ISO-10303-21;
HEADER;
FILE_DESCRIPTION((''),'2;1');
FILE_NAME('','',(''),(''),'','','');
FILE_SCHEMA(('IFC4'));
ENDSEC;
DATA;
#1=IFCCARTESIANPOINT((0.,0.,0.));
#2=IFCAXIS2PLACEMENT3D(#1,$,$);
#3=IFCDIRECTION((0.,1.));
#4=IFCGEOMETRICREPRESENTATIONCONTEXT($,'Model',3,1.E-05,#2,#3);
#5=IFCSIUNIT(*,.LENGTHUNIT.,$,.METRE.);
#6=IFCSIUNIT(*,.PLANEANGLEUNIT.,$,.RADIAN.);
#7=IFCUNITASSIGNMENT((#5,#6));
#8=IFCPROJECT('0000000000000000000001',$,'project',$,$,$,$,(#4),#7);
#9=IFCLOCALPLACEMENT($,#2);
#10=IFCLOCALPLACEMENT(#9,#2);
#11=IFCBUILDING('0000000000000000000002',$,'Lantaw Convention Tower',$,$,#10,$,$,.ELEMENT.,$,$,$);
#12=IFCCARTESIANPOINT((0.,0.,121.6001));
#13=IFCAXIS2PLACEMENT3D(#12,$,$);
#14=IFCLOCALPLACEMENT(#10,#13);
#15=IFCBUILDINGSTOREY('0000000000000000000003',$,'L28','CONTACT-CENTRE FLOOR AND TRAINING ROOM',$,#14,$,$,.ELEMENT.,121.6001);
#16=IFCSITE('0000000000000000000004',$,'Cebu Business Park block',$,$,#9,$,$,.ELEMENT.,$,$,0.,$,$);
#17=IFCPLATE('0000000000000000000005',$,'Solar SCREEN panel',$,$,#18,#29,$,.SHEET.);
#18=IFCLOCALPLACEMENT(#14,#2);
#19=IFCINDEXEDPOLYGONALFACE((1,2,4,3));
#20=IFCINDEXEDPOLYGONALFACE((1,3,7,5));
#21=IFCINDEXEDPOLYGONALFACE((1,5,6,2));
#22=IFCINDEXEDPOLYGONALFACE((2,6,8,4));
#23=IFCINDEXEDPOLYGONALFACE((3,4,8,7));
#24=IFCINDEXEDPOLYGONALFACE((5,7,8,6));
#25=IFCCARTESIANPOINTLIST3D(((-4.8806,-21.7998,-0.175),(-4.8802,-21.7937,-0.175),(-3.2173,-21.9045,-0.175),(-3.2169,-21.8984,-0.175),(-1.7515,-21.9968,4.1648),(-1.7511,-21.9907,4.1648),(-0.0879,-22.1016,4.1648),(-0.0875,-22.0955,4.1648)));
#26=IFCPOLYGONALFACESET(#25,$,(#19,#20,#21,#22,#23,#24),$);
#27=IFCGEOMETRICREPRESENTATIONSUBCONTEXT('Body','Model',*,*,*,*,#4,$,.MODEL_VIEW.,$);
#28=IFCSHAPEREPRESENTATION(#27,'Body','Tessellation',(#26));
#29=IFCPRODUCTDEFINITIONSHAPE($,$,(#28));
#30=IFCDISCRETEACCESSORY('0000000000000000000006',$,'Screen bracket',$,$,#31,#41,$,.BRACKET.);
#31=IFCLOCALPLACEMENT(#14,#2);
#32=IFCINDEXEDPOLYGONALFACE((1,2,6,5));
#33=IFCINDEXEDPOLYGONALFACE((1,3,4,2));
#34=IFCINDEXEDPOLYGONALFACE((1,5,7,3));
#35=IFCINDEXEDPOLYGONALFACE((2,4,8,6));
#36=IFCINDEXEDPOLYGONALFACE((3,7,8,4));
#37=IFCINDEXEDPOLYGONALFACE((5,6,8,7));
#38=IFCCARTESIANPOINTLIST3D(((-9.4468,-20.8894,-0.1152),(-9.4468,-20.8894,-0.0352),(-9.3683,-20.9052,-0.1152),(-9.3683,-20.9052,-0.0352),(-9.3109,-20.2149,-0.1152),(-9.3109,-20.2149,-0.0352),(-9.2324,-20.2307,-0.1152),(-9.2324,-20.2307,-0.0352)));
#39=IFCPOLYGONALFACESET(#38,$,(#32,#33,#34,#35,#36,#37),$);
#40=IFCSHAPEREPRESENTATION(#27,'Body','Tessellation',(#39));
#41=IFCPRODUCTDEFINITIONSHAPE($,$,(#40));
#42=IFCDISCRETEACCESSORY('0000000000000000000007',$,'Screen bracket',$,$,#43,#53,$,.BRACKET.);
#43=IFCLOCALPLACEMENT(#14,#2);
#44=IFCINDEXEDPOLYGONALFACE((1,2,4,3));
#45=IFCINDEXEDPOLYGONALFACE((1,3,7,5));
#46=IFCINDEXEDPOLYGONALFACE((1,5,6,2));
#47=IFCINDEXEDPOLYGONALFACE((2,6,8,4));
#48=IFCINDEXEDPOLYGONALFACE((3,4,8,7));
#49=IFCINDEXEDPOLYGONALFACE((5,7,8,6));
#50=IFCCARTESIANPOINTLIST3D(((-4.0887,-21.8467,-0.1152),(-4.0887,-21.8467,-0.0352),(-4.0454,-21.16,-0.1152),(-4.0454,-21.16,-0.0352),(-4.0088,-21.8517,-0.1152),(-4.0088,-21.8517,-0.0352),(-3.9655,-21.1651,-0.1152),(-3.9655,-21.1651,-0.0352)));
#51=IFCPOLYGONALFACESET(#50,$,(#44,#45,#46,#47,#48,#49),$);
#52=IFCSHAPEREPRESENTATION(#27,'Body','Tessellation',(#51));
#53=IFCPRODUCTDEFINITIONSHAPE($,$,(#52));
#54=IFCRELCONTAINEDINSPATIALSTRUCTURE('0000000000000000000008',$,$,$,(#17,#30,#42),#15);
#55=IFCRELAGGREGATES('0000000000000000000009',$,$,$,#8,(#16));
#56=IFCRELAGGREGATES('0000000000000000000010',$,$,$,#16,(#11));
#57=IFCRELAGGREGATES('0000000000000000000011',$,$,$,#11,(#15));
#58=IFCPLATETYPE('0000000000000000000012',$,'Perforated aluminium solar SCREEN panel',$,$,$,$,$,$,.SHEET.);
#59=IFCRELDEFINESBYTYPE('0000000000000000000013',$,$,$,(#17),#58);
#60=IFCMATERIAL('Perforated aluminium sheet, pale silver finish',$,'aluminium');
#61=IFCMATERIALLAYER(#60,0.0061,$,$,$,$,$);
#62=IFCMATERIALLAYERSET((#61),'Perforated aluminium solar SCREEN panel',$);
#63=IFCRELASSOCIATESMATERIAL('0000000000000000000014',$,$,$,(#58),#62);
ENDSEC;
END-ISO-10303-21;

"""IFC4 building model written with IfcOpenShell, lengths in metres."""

from ifc_helpers import new_model, si_unit, direction, frame, origin, origin_2d, place, context, subcontext, project, spatial, polyline, rectangle, outline, extrude, material, layer, layer_set, type_object, element, save


model = new_model("IFC4")

# Units and contexts
model_context = context("Model", 3, precision=1e-05, world=origin(), true_north=direction((0.0, 1.0)))
body_context = subcontext(model_context, "Body", "Model", "MODEL_VIEW")
ifc_project = project(units=[si_unit("LENGTHUNIT", "METRE"), si_unit("PLANEANGLEUNIT", "RADIAN")], contexts=[model_context])

# Site, building, storey
site_placement = place(None, origin())
site = spatial("IfcSite", under=ifc_project, at=site_placement, Name="Cebu Business Park block", CompositionType="ELEMENT", RefElevation=0.0)
building_placement = place(site_placement, origin())
building = spatial("IfcBuilding", under=site, at=building_placement, Name="Lantaw Convention Tower", CompositionType="ELEMENT")
storey_placement = place(building_placement, frame((0.0, 0.0, 121.6001)))
storey = spatial("IfcBuildingStorey", under=building, at=storey_placement, Name="L28", Description="CONTACT-CENTRE FLOOR AND TRAINING ROOM", CompositionType="ELEMENT", Elevation=121.6001)

# Plate
ifc_material_1 = material(Name="Perforated aluminium sheet, pale silver finish", Category="aluminium")
ifc_layer_1 = layer(ifc_material_1, 0.0061)
ifc_layer_set_1 = layer_set([ifc_layer_1], Name="Perforated aluminium solar SCREEN panel")
plate_type_1 = type_object("IfcPlateType", Name="Perforated aluminium solar SCREEN panel", PredefinedType="SHEET", material=ifc_layer_set_1)
plate_1_placement = place(storey_placement, frame((-4.8806, -21.7998, -0.175), z_axis=(-0.062839, -0.998024, 0.000002), x_axis=(0.998024, -0.062839, 0.0)))
element("IfcPlate", 1, at=plate_1_placement, inside=storey, type_object=plate_type_1, Name="Solar SCREEN panel", PredefinedType="SHEET", context=body_context, shape_type="SweptSolid", body=[
    extrude(outline(polyline([(0.0, 0.0), (1.6666, 0.0), (4.8022, 4.3398), (3.1353, 4.3398), (0.0, 0.0)])), origin(), (0.0, 0.0, -1.0), 0.0061),
])

# Discrete accessories
for number, where, z_axis, x_axis, name in (
    (2, (-9.3396, -20.5601, -0.1152), (0.0, 0.0, 1.0), (0.980302, -0.197507, 0.0), "Screen bracket"),
    (3, (-4.0271, -21.5059, -0.1152), (0.0, 0.0, 1.0), (0.998022, -0.062865, 0.0), "Screen bracket"),
):
    element("IfcDiscreteAccessory", number, at=place(storey_placement, frame(where, z_axis=z_axis, x_axis=x_axis)), inside=storey, Name=name, PredefinedType="BRACKET", context=body_context, shape_type="SweptSolid", body=[
        extrude(rectangle(XDim=0.0801, YDim=0.688, at=origin_2d()), origin(), (0.0, 0.0, 1.0), 0.0801),
    ])

save(model, "model.ifc")
